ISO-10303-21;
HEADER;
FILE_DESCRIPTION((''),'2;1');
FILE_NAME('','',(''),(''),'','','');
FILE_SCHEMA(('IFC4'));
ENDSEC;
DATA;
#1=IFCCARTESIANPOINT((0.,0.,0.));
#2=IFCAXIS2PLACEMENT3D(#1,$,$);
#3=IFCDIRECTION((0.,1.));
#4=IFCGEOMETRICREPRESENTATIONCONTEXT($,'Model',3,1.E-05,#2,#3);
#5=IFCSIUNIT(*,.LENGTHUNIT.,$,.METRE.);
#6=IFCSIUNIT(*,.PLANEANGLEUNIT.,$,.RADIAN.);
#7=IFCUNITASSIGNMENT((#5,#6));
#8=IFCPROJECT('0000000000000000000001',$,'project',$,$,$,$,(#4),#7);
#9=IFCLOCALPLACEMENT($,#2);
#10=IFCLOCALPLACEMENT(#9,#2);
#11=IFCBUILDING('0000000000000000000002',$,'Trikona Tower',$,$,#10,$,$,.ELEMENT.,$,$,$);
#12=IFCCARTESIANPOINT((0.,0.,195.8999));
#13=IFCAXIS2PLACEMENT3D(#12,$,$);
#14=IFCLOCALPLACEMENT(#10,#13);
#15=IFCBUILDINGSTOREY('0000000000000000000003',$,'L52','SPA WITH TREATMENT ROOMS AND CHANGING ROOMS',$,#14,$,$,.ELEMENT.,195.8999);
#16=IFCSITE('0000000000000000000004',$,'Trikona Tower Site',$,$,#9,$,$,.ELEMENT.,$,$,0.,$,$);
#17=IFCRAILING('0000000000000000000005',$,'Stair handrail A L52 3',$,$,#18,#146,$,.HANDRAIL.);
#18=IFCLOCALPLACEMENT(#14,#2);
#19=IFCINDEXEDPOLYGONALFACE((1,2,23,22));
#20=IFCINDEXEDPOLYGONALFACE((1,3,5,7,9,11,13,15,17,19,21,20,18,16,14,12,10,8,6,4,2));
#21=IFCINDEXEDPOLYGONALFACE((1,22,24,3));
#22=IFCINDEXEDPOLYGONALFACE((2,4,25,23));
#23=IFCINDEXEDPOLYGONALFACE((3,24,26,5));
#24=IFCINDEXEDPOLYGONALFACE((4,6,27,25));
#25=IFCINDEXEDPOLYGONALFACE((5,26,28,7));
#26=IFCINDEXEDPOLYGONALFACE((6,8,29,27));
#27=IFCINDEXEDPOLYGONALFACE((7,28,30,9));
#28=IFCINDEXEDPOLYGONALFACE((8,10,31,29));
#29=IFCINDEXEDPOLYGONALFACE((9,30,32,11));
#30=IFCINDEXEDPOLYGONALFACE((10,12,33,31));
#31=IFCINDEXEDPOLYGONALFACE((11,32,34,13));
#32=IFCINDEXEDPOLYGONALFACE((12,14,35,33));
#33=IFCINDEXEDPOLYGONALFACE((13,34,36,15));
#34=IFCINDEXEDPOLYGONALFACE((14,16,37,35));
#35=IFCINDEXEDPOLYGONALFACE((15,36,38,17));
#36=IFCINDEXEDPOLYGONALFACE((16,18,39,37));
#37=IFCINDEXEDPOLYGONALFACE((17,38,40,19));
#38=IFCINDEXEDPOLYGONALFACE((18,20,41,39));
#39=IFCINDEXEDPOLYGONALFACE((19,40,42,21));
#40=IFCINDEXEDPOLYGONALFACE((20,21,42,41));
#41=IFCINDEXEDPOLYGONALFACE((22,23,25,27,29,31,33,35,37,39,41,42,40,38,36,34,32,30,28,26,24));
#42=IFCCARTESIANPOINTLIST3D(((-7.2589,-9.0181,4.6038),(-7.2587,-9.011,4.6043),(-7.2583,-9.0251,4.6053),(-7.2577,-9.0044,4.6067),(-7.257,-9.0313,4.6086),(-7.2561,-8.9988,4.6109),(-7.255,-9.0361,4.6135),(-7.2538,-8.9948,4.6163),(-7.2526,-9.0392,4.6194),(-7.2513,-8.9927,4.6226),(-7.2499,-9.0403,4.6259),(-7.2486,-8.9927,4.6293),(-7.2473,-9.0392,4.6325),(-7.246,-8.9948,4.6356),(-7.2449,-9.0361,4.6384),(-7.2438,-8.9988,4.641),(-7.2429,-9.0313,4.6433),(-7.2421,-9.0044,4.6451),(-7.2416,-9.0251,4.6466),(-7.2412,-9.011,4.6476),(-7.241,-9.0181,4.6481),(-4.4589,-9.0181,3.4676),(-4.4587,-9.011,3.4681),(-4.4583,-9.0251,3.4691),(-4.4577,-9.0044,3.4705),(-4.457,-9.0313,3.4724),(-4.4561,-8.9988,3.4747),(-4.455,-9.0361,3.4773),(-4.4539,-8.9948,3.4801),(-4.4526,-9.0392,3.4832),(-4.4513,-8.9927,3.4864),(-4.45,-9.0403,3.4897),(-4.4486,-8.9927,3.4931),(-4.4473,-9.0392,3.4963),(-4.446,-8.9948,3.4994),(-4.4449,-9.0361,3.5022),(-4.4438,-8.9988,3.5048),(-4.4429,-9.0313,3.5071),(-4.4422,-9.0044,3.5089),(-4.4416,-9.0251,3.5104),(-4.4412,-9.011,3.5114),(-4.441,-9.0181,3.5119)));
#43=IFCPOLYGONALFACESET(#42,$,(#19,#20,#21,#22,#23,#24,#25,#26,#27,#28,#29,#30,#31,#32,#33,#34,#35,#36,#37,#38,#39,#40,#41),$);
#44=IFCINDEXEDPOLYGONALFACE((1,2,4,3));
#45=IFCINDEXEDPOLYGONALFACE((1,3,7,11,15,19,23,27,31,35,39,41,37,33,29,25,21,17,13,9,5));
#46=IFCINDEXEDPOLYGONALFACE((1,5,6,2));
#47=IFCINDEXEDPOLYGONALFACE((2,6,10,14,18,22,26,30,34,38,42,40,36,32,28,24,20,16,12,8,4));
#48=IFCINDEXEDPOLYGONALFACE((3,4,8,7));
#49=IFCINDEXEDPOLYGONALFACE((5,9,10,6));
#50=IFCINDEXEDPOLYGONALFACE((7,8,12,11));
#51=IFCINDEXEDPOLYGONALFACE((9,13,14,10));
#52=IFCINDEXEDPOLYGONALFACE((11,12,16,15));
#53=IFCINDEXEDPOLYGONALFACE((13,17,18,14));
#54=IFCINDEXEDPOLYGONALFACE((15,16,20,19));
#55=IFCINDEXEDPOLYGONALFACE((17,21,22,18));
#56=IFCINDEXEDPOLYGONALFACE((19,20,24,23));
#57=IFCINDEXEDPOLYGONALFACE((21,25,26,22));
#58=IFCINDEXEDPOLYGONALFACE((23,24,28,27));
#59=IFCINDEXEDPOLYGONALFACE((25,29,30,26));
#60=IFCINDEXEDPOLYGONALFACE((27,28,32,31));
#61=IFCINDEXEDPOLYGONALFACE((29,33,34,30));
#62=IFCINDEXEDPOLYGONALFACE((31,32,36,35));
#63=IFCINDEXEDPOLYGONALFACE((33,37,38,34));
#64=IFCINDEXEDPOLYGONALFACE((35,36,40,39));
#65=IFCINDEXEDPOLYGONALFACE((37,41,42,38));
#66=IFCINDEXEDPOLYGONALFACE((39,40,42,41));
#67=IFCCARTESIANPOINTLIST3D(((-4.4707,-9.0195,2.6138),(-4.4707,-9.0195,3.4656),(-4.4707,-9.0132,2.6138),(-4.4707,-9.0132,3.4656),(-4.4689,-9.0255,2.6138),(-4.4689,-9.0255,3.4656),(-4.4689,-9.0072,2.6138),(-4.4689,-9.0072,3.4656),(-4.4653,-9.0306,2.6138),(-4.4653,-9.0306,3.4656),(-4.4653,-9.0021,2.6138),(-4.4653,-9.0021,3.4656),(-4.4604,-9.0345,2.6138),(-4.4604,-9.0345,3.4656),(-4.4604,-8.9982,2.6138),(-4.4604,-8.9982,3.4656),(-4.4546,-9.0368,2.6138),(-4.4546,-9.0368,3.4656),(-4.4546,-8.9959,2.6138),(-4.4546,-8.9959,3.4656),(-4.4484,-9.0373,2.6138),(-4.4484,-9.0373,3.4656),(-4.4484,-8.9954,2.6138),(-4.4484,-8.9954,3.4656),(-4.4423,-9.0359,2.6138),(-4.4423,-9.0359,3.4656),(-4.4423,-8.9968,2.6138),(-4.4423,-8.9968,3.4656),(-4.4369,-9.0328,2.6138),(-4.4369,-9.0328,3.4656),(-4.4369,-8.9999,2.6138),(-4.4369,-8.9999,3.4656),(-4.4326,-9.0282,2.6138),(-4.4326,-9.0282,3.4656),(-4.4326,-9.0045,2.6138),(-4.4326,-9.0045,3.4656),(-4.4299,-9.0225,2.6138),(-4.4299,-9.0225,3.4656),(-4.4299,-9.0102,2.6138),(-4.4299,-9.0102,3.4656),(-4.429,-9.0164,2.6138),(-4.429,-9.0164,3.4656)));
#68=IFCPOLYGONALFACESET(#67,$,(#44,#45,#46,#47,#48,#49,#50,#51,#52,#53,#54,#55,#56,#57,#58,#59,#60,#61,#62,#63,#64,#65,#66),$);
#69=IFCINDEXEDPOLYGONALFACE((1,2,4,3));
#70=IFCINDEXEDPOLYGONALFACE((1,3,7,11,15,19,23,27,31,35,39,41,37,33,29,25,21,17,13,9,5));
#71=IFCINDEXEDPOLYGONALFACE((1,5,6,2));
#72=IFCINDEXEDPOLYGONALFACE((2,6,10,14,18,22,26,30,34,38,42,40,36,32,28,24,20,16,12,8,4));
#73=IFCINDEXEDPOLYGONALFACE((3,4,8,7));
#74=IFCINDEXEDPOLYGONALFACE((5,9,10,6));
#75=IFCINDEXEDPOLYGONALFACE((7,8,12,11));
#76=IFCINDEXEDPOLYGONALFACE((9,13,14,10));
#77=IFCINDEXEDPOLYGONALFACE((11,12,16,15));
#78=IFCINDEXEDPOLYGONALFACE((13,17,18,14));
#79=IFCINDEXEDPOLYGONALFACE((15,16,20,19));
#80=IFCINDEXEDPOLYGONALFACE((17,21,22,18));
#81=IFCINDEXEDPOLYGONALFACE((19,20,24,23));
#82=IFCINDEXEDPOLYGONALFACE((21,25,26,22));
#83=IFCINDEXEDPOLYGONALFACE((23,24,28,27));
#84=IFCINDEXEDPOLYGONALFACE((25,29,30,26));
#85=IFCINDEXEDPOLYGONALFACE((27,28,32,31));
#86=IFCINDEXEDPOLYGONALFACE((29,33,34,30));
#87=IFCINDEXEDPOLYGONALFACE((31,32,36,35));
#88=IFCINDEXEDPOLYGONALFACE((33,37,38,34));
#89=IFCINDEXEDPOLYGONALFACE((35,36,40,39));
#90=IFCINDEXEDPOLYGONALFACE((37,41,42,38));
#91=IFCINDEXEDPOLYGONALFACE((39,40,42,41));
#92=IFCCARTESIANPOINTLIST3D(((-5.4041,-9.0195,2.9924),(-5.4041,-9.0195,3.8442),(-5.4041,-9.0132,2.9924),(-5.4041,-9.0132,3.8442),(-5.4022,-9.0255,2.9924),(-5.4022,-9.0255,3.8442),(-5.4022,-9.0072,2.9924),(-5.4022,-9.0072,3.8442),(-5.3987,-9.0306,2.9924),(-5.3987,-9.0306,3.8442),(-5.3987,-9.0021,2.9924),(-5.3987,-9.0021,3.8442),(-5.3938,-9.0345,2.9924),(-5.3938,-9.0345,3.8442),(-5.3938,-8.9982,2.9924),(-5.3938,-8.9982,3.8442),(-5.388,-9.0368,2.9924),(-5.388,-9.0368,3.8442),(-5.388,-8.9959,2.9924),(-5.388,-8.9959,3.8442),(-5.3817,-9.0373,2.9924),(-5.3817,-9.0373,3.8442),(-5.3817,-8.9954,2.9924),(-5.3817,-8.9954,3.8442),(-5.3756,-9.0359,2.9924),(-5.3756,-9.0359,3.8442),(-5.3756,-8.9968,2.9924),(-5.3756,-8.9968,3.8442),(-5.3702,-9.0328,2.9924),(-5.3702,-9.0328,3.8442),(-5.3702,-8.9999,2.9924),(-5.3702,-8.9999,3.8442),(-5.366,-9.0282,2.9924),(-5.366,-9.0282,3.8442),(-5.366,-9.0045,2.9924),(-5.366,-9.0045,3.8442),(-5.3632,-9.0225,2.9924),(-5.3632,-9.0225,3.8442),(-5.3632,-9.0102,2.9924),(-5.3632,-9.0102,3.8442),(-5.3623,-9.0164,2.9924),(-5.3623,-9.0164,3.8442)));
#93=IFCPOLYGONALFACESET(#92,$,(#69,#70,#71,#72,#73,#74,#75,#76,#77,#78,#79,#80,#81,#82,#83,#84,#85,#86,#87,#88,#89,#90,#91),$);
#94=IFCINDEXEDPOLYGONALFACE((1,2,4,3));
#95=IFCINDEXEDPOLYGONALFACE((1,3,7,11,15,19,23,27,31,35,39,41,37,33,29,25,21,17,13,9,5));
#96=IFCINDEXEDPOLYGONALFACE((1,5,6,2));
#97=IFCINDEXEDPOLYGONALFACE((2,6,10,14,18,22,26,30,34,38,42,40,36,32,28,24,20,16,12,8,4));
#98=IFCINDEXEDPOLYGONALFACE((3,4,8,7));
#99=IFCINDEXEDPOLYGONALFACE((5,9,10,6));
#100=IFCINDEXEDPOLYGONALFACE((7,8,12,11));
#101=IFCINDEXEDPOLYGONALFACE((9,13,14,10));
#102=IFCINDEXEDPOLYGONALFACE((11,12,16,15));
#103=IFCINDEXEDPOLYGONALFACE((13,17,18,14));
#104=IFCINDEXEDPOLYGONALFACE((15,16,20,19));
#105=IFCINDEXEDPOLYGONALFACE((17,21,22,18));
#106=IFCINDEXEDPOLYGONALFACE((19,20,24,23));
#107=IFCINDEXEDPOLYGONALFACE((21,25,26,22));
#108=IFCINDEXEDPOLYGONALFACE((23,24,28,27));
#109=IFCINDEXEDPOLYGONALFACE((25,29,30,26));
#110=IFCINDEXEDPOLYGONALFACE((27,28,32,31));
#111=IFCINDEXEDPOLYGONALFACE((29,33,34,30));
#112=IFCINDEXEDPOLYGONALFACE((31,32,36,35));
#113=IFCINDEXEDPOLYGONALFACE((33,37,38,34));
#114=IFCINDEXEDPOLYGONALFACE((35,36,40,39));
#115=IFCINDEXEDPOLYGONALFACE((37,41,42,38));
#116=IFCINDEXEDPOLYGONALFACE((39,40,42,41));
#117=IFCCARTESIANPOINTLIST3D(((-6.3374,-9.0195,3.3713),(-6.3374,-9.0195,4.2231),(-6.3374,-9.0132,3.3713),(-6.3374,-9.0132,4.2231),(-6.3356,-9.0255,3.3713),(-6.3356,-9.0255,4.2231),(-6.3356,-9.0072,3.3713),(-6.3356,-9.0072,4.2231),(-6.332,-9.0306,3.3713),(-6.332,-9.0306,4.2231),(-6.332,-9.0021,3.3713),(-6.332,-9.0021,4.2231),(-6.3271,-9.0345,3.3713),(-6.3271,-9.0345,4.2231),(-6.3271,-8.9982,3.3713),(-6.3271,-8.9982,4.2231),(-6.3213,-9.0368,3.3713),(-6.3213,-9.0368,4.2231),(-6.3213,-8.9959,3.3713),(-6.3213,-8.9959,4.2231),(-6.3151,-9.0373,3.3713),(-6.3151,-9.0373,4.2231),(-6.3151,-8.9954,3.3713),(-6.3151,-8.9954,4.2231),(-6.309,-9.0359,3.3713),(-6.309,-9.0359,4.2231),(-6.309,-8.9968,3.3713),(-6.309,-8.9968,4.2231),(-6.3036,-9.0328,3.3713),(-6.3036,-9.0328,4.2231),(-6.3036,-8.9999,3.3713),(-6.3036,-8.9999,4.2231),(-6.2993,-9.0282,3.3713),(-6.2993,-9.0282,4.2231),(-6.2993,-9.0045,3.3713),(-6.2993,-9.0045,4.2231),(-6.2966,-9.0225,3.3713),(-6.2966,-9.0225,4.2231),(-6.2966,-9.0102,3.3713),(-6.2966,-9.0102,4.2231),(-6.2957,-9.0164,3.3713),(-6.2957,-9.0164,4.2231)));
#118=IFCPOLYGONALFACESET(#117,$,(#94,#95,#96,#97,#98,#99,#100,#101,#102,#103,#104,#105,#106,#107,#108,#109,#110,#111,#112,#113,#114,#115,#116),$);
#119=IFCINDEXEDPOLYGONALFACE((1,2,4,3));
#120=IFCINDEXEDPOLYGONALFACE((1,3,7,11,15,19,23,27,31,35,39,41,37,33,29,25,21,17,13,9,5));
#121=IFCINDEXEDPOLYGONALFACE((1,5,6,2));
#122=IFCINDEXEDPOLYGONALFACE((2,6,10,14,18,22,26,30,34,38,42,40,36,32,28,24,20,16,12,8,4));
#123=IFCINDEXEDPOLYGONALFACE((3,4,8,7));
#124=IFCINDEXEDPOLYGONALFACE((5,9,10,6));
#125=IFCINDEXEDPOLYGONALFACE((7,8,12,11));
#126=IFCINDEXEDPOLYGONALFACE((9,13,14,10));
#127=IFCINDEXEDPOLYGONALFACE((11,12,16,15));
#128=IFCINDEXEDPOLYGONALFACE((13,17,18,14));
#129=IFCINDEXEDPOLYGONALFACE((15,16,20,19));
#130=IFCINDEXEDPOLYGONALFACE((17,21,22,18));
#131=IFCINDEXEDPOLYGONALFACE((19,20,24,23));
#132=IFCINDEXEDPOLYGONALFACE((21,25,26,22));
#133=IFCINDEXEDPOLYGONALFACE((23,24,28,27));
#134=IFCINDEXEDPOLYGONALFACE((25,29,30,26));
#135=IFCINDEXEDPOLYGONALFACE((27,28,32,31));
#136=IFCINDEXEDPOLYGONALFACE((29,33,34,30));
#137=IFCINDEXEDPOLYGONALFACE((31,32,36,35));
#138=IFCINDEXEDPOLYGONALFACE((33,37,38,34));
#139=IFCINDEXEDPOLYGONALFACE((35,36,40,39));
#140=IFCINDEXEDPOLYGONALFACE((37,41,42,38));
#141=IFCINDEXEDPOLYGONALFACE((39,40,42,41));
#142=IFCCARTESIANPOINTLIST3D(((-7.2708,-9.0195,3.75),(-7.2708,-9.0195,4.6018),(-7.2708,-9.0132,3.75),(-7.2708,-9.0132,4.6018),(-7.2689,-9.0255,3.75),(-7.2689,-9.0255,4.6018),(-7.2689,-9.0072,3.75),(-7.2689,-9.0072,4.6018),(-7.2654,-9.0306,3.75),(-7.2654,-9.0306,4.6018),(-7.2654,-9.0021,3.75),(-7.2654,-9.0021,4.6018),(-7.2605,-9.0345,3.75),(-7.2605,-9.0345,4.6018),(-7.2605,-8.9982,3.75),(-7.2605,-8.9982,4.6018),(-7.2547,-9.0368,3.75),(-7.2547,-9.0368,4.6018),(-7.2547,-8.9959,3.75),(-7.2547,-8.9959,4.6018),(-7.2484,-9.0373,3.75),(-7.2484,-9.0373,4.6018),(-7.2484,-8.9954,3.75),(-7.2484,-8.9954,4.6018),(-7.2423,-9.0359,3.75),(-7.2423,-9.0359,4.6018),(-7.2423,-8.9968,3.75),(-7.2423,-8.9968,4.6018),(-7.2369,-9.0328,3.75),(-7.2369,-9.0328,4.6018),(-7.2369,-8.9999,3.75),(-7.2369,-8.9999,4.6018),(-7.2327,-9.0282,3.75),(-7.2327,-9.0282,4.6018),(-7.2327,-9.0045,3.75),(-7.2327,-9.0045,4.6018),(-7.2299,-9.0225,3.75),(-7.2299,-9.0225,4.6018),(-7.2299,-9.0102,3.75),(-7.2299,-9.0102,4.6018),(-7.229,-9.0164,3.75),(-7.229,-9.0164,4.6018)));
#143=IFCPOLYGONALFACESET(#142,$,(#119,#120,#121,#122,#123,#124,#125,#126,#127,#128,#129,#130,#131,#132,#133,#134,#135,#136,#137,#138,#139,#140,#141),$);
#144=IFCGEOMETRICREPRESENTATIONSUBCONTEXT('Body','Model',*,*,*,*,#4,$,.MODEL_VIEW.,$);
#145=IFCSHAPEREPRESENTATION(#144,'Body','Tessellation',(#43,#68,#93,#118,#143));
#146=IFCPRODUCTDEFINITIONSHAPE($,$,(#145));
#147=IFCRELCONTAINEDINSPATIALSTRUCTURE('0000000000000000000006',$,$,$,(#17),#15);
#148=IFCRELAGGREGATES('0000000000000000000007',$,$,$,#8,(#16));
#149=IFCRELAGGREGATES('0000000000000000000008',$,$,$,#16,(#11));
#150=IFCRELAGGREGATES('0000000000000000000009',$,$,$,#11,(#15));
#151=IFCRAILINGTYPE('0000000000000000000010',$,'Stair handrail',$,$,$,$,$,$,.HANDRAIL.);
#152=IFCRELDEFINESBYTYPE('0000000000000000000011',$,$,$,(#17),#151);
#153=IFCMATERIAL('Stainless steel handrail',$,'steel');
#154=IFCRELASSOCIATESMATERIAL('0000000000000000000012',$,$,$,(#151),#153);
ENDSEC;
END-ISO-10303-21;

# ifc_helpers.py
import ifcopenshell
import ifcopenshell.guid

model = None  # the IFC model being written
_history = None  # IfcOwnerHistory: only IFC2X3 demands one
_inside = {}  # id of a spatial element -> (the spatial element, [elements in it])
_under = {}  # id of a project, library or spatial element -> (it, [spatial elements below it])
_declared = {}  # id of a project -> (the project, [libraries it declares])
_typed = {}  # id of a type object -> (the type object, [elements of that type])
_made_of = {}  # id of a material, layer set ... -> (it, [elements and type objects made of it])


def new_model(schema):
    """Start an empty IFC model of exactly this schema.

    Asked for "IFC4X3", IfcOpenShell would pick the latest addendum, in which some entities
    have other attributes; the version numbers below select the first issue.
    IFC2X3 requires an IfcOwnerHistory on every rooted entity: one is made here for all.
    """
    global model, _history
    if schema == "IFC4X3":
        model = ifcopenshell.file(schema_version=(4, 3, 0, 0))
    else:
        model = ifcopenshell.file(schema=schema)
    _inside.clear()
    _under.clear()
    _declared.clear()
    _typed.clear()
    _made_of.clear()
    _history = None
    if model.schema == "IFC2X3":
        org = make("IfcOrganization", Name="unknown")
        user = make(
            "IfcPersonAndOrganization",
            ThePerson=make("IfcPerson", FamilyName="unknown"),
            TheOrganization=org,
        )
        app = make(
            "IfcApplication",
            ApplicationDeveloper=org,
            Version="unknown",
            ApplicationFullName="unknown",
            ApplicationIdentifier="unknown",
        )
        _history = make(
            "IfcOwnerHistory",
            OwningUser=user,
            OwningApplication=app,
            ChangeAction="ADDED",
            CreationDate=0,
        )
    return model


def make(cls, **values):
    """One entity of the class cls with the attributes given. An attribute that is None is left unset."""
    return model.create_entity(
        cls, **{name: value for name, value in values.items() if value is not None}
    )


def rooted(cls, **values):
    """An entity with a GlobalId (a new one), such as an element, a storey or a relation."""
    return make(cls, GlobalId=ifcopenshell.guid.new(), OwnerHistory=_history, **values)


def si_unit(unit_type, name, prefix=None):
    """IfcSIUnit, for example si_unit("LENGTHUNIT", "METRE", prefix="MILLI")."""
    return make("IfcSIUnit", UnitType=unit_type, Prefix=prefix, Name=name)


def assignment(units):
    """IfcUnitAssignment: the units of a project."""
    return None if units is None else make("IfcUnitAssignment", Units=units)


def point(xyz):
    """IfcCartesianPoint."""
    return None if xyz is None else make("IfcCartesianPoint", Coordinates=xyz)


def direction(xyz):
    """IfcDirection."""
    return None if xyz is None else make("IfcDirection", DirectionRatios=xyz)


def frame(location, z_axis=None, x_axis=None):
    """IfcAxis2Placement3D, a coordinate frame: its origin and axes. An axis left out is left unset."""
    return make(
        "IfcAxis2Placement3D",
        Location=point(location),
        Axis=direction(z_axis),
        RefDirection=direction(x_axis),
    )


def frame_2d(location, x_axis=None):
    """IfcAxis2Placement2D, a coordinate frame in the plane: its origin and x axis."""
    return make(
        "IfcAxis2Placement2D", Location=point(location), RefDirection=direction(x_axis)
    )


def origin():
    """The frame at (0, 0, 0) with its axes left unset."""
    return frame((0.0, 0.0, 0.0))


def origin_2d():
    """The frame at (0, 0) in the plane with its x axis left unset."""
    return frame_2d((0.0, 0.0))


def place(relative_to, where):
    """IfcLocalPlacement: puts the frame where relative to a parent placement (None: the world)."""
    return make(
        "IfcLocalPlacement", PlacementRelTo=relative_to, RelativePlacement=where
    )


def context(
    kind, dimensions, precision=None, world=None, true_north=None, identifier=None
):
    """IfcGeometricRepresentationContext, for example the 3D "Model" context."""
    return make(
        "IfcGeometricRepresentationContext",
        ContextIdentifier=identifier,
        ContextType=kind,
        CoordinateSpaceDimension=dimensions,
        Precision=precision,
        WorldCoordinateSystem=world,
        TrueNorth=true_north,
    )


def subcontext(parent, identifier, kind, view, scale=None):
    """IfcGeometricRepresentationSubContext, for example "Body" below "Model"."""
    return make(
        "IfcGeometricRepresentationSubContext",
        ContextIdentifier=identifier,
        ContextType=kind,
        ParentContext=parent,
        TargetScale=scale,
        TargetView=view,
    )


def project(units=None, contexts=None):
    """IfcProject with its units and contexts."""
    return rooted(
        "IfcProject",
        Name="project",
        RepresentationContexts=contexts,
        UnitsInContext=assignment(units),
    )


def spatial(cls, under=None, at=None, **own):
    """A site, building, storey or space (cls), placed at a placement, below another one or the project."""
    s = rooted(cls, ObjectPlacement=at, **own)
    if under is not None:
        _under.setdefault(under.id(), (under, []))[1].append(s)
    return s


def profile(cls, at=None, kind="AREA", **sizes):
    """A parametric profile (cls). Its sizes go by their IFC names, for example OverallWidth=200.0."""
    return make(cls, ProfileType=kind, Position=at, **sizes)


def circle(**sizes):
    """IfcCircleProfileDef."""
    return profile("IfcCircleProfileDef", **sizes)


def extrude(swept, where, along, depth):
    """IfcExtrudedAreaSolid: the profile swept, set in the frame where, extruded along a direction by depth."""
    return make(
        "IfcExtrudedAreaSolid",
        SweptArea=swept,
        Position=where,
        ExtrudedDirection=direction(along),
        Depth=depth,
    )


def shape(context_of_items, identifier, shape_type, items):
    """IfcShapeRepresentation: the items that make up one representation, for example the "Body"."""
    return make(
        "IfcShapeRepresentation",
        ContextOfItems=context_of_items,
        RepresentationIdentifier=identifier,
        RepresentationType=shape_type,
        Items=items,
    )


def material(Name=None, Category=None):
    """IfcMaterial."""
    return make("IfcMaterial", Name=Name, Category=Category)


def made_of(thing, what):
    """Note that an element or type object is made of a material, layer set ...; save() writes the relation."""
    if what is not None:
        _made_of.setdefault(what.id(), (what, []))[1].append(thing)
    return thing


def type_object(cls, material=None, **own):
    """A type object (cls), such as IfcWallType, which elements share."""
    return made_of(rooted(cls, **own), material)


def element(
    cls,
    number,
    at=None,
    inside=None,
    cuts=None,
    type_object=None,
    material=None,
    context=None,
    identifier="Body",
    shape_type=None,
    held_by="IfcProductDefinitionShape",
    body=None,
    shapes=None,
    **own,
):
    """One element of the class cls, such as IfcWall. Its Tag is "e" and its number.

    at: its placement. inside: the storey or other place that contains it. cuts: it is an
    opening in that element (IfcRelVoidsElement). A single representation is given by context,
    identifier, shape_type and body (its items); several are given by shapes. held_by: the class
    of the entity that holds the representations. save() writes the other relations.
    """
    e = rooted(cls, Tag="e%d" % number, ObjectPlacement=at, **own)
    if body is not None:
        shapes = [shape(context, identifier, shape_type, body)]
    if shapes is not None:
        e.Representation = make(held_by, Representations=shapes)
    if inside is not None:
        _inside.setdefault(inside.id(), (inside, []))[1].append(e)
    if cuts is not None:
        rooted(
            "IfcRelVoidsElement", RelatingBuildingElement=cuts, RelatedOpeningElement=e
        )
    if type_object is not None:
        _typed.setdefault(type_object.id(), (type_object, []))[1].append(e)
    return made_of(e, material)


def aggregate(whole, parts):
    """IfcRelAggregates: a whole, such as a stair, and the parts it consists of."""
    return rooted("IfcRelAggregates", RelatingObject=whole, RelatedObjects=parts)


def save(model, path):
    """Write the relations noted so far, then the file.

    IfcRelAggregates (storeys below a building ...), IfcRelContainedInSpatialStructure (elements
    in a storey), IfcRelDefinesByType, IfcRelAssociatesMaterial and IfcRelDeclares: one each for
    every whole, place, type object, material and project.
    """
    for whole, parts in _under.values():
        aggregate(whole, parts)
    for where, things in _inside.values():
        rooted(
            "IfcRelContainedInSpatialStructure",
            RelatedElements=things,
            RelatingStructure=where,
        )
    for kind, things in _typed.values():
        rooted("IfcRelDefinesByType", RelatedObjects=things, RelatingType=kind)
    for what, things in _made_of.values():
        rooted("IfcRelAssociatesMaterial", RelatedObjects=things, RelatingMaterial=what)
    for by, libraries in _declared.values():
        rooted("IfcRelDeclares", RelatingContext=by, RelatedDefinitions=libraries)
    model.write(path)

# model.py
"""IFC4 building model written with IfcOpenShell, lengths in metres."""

from ifc_helpers import new_model, si_unit, direction, frame, origin, origin_2d, place, context, subcontext, project, spatial, circle, extrude, material, type_object, element, save


model = new_model("IFC4")

# Units and contexts
model_context = context("Model", 3, precision=1e-05, world=origin(), true_north=direction((0.0, 1.0)))
body_context = subcontext(model_context, "Body", "Model", "MODEL_VIEW")
ifc_project = project(units=[si_unit("LENGTHUNIT", "METRE"), si_unit("PLANEANGLEUNIT", "RADIAN")], contexts=[model_context])

# Site, building, storey
site_placement = place(None, origin())
site = spatial("IfcSite", under=ifc_project, at=site_placement, Name="Trikona Tower Site", CompositionType="ELEMENT", RefElevation=0.0)
building_placement = place(site_placement, origin())
building = spatial("IfcBuilding", under=site, at=building_placement, Name="Trikona Tower", CompositionType="ELEMENT")
storey_placement = place(building_placement, frame((0.0, 0.0, 195.8999)))
storey = spatial("IfcBuildingStorey", under=building, at=storey_placement, Name="L52", Description="SPA WITH TREATMENT ROOMS AND CHANGING ROOMS", CompositionType="ELEMENT", Elevation=195.8999)

# Railing
ifc_material_1 = material(Name="Stainless steel handrail", Category="steel")
railing_type = type_object("IfcRailingType", Name="Stair handrail", PredefinedType="HANDRAIL", material=ifc_material_1)
railing_1_placement = place(storey_placement, frame((-4.45, -9.0164, 2.6138)))
element("IfcRailing", 1, at=railing_1_placement, inside=storey, type_object=railing_type, Name="Stair handrail A L52 3", PredefinedType="HANDRAIL", context=body_context, shape_type="SweptSolid", body=[
    extrude(circle(Radius=0.0239, at=origin_2d()), frame((0.0, 0.0, 0.876), z_axis=(-0.926615, 0.0, 0.376011), x_axis=(0.0, -1.0, 0.0)), (0.0, 0.0, 1.0), 3.0217),
    extrude(circle(Radius=0.021, at=origin_2d()), origin(), (0.0, 0.0, 1.0), 0.8518),
    extrude(circle(Radius=0.021, at=origin_2d()), frame((-0.9333, 0.0, 0.3787)), (0.0, 0.0, 1.0), 0.8518),
    extrude(circle(Radius=0.021, at=origin_2d()), frame((-1.8667, 0.0, 0.7576)), (0.0, 0.0, 1.0), 0.8518),
    extrude(circle(Radius=0.021, at=origin_2d()), frame((-2.8, 0.0, 1.1362)), (0.0, 0.0, 1.0), 0.8518),
])

save(model, "model.ifc")
